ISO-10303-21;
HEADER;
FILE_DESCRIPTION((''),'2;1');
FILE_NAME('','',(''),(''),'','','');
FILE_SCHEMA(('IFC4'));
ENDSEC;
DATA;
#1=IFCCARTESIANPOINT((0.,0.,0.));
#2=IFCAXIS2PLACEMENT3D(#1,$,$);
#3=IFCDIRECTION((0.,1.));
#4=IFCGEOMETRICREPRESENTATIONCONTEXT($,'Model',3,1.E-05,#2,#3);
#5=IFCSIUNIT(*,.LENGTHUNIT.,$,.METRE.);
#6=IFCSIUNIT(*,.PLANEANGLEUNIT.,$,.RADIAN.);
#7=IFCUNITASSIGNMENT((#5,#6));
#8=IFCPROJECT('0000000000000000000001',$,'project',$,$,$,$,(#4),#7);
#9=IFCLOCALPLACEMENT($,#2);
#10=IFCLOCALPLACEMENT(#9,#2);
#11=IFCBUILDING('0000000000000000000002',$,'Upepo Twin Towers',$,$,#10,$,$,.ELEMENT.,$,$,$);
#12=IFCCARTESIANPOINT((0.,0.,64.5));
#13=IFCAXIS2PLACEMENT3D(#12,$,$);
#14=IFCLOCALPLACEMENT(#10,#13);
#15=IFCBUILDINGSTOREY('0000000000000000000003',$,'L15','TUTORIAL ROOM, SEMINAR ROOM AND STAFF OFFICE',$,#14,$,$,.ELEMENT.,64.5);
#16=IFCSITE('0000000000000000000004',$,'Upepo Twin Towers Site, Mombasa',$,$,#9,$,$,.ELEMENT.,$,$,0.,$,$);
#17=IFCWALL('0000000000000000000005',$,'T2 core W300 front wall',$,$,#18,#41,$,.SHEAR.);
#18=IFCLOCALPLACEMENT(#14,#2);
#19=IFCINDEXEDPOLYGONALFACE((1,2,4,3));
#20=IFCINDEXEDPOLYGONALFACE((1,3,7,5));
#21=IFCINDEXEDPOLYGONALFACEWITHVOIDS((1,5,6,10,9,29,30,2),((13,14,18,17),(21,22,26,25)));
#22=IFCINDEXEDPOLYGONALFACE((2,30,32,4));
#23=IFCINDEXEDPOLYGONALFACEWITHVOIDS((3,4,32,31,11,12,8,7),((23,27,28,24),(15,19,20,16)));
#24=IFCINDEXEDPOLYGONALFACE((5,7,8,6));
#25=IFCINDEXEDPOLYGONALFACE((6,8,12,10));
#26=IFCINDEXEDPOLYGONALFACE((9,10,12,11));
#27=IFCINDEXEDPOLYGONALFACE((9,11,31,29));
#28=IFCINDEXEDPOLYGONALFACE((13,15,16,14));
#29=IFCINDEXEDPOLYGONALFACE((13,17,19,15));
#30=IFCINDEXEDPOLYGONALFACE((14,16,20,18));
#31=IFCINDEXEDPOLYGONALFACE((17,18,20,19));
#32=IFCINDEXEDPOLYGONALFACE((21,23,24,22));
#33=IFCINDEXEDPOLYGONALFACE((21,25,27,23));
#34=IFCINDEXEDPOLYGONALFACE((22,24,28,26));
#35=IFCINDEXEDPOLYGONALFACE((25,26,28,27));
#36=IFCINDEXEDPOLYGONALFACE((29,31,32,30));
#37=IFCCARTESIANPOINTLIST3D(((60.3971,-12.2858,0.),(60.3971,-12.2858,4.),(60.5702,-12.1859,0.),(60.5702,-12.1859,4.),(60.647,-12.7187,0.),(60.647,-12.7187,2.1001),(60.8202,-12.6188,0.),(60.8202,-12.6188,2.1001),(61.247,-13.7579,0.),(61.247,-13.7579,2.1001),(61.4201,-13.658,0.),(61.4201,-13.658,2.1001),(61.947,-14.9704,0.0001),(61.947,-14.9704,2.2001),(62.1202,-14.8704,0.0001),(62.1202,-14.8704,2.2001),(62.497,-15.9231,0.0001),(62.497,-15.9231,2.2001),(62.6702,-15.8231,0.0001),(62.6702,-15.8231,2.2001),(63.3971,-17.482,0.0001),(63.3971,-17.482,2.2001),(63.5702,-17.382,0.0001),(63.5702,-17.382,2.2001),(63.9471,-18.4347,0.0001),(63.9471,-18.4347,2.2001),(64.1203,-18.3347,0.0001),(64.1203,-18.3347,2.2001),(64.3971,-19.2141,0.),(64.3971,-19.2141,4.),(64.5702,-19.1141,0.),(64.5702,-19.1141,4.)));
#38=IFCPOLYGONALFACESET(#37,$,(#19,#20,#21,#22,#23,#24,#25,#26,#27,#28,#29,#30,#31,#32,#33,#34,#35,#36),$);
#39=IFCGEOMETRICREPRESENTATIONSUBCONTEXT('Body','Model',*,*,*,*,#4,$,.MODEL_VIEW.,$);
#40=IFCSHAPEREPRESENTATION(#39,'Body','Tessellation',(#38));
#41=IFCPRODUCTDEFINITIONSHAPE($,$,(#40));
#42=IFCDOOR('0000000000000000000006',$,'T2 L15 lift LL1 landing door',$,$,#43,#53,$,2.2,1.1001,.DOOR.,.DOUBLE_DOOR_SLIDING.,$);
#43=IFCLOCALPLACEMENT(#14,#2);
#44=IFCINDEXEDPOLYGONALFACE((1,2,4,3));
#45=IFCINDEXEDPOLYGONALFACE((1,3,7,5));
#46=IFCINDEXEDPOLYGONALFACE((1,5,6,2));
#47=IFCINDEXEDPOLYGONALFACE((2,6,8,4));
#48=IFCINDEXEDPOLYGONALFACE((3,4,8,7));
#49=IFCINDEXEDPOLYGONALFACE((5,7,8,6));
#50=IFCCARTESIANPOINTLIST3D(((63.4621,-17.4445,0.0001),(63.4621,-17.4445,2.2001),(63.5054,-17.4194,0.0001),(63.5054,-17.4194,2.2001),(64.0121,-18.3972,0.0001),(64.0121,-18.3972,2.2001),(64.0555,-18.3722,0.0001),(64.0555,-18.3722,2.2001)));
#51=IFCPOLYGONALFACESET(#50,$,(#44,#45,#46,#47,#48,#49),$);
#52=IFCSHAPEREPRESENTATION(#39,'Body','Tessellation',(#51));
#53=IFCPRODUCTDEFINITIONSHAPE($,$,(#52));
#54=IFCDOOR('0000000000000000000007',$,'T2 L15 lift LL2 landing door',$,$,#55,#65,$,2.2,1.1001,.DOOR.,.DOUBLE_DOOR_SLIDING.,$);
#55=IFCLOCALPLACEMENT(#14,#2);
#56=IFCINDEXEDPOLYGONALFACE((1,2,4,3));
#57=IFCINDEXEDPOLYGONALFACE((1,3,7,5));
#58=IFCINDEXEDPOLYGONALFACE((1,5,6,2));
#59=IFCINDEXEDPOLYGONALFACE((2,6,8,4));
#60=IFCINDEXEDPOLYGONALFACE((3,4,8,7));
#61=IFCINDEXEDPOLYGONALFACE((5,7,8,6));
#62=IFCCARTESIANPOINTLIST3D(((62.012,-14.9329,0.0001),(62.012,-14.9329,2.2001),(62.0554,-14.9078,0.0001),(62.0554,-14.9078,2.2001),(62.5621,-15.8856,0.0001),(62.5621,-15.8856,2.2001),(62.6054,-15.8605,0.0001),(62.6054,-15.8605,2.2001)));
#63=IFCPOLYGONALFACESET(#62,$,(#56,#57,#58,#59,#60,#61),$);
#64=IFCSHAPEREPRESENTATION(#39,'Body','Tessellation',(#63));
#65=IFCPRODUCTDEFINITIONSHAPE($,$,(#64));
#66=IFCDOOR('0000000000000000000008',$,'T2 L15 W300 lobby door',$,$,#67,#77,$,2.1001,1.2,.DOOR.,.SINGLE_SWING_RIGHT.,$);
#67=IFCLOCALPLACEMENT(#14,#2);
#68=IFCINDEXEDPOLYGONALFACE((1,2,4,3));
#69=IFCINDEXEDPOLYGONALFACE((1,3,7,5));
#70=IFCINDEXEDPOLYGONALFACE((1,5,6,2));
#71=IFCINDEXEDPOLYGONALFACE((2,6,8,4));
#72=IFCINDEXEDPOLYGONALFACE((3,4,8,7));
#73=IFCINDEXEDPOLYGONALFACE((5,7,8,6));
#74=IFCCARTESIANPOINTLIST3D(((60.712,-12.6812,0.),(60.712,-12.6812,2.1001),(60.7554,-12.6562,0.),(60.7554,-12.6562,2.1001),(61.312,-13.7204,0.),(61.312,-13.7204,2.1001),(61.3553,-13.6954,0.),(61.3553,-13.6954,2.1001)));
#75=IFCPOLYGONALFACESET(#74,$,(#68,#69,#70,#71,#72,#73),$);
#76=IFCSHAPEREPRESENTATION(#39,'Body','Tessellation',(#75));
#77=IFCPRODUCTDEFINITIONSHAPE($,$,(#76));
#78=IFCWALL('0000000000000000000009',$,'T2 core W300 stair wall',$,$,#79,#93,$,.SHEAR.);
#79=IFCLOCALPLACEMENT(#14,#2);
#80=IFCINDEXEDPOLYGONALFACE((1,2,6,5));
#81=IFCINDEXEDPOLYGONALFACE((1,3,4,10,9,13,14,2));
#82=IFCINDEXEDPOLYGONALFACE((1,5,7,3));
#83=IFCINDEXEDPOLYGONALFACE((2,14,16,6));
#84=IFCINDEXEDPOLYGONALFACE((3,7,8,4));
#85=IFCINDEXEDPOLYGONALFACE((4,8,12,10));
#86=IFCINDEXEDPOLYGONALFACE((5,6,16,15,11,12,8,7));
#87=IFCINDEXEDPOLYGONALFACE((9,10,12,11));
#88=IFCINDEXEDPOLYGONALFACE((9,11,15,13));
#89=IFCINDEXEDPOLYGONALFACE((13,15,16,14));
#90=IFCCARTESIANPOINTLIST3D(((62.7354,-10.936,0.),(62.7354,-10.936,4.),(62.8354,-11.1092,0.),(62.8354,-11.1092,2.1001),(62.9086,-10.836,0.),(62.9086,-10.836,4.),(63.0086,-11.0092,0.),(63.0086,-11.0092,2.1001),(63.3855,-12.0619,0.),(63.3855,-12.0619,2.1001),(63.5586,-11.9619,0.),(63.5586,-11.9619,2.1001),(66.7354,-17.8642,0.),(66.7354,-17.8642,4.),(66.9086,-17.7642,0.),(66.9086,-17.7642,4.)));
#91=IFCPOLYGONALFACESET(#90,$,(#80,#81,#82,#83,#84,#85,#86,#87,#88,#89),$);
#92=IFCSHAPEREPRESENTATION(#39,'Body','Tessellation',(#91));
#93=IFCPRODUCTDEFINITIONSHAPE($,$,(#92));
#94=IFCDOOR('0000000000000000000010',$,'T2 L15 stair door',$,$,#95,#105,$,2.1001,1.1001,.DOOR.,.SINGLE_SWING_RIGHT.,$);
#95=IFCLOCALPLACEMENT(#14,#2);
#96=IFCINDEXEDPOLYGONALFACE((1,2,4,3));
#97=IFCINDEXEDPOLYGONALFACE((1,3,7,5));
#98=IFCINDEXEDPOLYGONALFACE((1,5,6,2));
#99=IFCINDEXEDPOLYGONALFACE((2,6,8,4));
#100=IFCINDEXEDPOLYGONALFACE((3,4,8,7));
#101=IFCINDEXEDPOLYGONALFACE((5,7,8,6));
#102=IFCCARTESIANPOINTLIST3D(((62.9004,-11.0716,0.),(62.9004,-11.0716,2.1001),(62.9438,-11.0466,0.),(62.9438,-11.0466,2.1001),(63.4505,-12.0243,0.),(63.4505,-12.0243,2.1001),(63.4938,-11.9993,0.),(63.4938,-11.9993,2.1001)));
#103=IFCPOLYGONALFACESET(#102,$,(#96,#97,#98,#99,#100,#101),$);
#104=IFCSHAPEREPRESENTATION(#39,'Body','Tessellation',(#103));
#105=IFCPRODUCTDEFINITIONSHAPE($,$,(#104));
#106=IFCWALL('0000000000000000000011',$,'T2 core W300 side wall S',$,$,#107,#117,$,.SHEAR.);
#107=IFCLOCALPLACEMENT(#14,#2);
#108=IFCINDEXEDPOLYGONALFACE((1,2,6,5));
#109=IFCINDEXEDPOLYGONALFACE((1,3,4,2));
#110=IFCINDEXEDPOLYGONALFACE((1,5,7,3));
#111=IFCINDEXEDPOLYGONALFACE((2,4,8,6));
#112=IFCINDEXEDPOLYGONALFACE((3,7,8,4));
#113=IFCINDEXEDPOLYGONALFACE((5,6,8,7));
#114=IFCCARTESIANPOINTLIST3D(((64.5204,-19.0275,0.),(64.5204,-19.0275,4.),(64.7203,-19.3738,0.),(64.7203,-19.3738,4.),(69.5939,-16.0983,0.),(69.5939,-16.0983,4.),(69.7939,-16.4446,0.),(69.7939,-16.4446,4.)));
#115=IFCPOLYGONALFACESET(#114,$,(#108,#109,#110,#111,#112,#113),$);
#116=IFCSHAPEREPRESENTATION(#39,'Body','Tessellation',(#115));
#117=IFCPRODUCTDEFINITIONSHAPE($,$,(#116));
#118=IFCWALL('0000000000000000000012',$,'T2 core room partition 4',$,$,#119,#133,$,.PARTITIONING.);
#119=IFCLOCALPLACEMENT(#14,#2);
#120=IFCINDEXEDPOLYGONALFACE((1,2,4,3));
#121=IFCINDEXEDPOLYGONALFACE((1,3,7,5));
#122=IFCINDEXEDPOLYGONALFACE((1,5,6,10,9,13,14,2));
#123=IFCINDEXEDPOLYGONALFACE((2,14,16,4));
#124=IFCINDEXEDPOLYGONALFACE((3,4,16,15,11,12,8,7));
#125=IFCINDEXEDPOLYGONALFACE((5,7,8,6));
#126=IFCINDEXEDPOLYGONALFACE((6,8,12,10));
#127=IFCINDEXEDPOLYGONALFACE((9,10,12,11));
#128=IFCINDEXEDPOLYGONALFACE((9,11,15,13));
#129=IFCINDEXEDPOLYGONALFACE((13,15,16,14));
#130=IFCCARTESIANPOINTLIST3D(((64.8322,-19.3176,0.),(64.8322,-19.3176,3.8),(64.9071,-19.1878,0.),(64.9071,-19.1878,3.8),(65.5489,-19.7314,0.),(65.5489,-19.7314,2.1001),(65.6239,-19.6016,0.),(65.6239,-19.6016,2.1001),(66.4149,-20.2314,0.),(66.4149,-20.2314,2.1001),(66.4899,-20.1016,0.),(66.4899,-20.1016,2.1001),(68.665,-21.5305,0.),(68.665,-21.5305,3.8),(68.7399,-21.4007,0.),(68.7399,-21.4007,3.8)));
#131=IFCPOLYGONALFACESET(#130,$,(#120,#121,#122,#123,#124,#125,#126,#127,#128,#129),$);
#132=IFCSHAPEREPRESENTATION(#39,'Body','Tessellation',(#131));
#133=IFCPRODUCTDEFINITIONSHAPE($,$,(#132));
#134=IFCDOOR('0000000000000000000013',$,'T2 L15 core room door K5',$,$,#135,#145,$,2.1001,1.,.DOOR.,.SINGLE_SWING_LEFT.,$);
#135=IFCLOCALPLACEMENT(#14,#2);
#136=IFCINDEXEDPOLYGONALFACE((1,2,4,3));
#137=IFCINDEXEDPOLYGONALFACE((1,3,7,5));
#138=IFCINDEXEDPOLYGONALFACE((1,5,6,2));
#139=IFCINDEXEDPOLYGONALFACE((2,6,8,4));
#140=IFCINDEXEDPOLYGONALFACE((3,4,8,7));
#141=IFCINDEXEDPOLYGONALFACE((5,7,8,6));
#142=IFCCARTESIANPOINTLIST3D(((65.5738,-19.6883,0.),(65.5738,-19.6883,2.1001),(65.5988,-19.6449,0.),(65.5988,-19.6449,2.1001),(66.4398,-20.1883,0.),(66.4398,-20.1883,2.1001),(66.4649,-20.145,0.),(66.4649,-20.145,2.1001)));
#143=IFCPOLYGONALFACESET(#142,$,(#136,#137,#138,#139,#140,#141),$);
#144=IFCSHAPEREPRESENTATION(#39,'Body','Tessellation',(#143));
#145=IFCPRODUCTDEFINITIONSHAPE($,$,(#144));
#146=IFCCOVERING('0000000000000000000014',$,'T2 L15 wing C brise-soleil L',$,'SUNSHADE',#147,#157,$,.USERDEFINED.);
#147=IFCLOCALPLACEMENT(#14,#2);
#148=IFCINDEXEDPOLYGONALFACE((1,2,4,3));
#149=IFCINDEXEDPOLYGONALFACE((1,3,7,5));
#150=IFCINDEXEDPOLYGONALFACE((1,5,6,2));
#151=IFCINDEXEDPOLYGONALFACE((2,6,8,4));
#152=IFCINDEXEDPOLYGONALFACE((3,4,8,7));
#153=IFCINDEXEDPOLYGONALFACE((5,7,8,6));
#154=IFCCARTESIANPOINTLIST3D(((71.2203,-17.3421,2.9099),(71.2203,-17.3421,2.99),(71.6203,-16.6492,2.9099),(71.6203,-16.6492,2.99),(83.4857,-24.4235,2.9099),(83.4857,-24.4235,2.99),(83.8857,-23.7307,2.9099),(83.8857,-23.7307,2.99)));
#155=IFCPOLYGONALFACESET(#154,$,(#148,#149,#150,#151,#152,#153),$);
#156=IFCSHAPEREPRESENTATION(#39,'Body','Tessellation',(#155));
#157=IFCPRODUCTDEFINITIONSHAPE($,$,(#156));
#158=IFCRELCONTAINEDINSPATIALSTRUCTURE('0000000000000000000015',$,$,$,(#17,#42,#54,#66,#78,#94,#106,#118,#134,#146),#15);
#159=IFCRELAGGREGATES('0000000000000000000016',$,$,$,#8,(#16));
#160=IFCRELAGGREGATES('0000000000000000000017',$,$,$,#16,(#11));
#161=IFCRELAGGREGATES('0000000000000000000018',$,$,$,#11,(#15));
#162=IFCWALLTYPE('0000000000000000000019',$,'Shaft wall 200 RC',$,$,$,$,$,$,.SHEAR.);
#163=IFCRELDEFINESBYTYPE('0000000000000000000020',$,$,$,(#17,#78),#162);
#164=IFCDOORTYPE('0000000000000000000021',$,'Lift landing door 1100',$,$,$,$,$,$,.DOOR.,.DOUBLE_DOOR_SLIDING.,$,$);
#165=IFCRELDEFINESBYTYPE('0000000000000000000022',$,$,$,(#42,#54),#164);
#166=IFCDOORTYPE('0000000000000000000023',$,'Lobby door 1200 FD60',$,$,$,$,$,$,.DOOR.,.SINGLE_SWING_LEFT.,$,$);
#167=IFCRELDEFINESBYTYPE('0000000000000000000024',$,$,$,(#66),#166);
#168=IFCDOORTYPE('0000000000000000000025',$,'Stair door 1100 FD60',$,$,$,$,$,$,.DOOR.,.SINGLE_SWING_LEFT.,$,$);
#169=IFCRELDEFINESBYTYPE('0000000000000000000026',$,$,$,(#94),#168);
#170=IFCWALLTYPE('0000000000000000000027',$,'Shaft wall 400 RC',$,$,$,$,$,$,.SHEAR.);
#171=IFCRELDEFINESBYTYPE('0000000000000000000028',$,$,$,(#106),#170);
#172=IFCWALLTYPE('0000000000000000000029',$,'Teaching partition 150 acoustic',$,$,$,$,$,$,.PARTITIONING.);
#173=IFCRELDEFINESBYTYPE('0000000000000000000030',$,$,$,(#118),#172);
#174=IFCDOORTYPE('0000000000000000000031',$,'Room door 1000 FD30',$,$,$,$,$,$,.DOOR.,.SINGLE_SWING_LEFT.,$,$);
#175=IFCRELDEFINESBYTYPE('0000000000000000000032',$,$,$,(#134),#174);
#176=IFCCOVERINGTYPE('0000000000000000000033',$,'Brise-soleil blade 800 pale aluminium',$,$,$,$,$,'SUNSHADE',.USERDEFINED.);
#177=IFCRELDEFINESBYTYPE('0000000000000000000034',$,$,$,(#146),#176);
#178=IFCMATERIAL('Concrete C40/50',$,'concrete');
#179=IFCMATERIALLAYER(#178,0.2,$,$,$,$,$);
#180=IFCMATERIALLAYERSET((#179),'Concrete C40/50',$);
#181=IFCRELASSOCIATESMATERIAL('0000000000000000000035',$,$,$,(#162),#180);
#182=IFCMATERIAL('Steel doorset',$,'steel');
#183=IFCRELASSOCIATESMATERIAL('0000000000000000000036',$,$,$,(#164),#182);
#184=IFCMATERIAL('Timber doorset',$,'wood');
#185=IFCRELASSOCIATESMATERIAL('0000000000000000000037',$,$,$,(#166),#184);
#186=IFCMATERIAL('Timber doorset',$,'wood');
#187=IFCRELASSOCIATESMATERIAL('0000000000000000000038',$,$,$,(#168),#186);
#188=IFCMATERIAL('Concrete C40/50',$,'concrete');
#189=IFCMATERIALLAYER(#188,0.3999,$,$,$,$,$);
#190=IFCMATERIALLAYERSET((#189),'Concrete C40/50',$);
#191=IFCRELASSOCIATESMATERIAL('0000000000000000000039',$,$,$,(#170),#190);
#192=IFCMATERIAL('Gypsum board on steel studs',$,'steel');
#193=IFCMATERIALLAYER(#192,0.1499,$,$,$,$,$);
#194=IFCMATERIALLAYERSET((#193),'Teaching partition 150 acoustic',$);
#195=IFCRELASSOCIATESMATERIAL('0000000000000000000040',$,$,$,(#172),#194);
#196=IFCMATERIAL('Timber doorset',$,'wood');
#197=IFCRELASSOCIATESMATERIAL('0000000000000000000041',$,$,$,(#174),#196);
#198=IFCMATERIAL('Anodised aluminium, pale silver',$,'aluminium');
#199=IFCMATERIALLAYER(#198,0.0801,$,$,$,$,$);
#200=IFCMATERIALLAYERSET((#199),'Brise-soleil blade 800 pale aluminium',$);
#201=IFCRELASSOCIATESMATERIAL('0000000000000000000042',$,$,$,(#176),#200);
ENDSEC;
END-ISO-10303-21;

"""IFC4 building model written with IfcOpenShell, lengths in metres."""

from ifc_helpers import new_model, si_unit, direction, frame, frame_2d, origin, origin_2d, place, context, subcontext, project, spatial, rectangle, extrude, material, layer, layer_set, type_object, element, fill, save


model = new_model("IFC4")

# Units and contexts
model_context = context("Model", 3, precision=1e-05, world=origin(), true_north=direction((0.0, 1.0)))
body_context = subcontext(model_context, "Body", "Model", "MODEL_VIEW")
ifc_project = project(units=[si_unit("LENGTHUNIT", "METRE"), si_unit("PLANEANGLEUNIT", "RADIAN")], contexts=[model_context])

# Site, building, storey
site_placement = place(None, origin())
site = spatial("IfcSite", under=ifc_project, at=site_placement, Name="Upepo Twin Towers Site, Mombasa", CompositionType="ELEMENT", RefElevation=0.0)
building_placement = place(site_placement, origin())
building = spatial("IfcBuilding", under=site, at=building_placement, Name="Upepo Twin Towers", CompositionType="ELEMENT")
storey_placement = place(building_placement, frame((0.0, 0.0, 64.5)))
storey = spatial("IfcBuildingStorey", under=building, at=storey_placement, Name="L15", Description="TUTORIAL ROOM, SEMINAR ROOM AND STAFF OFFICE", CompositionType="ELEMENT", Elevation=64.5)

# Wall, openings, doors
ifc_material_1 = material(Name="Concrete C40/50", Category="concrete")
ifc_layer_1 = layer(ifc_material_1, 0.2)
ifc_layer_set_1 = layer_set([ifc_layer_1], Name="Concrete C40/50")
wall_type_1 = type_object("IfcWallType", Name="Shaft wall 200 RC", PredefinedType="SHEAR", material=ifc_layer_set_1)
wall_1_placement = place(storey_placement, frame((64.4836, -19.1641, 0.0), z_axis=(0.0, 0.0, 1.0), x_axis=(-0.499999, 0.866026, 0.0)))
wall_1 = element("IfcWall", 1, at=wall_1_placement, inside=storey, type_object=wall_type_1, Name="T2 core W300 front wall", PredefinedType="SHEAR", context=body_context, shape_type="SweptSolid", body=[
    extrude(rectangle(XDim=8.0, YDim=0.2, at=frame_2d((4.0, 0.0))), origin(), (0.0, 0.0, 1.0), 4.0),
])
opening_1_placement = place(wall_1_placement, frame((6.3, 0.0, 0.0)))
opening_1 = element("IfcOpeningElement", 2, at=opening_1_placement, cuts=wall_1, PredefinedType="OPENING", context=body_context, shape_type="SweptSolid", body=[
    extrude(rectangle(XDim=1.2, YDim=2.1001, at=frame_2d((0.6001, 1.05))), frame((0.0, 0.1099, 0.0), z_axis=(0.0, -1.0, 0.0), x_axis=(1.0, 0.0, 0.0)), (0.0, 0.0, 1.0), 0.22),
])
opening_2_placement = place(wall_1_placement, frame((0.8999, 0.0, 0.0)))
opening_2 = element("IfcOpeningElement", 3, at=opening_2_placement, cuts=wall_1, PredefinedType="OPENING", context=body_context, shape_type="SweptSolid", body=[
    extrude(rectangle(XDim=1.1001, YDim=2.2, at=frame_2d((0.55, 1.1001))), frame((0.0, 0.1099, 0.0), z_axis=(0.0, -1.0, 0.0), x_axis=(1.0, 0.0, 0.0)), (0.0, 0.0, 1.0), 0.22),
])
opening_3_placement = place(wall_1_placement, frame((3.8, 0.0, 0.0)))
opening_3 = element("IfcOpeningElement", 4, at=opening_3_placement, cuts=wall_1, PredefinedType="OPENING", context=body_context, shape_type="SweptSolid", body=[
    extrude(rectangle(XDim=1.1001, YDim=2.2, at=frame_2d((0.55, 1.1001))), frame((0.0, 0.1099, 0.0), z_axis=(0.0, -1.0, 0.0), x_axis=(1.0, 0.0, 0.0)), (0.0, 0.0, 1.0), 0.22),
])
ifc_material_2 = material(Name="Steel doorset", Category="steel")
door_type_1 = type_object("IfcDoorType", Name="Lift landing door 1100", OperationType="DOUBLE_DOOR_SLIDING", PredefinedType="DOOR", material=ifc_material_2)
door_1_placement = place(opening_2_placement, origin())
door_1 = element("IfcDoor", 5, at=door_1_placement, inside=storey, type_object=door_type_1, Name="T2 L15 lift LL1 landing door", OperationType="DOUBLE_DOOR_SLIDING", OverallHeight=2.2, OverallWidth=1.1001, PredefinedType="DOOR", context=body_context, shape_type="SweptSolid", body=[
    extrude(rectangle(XDim=1.1001, YDim=2.2, at=frame_2d((0.55, 1.1001))), frame((0.0, 0.0249, 0.0), z_axis=(0.0, -1.0, 0.0), x_axis=(1.0, 0.0, 0.0)), (0.0, 0.0, 1.0), 0.05),
])
fill(opening_2, door_1)
door_2_placement = place(opening_3_placement, origin())
door_2 = element("IfcDoor", 6, at=door_2_placement, inside=storey, type_object=door_type_1, Name="T2 L15 lift LL2 landing door", OperationType="DOUBLE_DOOR_SLIDING", OverallHeight=2.2, OverallWidth=1.1001, PredefinedType="DOOR", context=body_context, shape_type="SweptSolid", body=[
    extrude(rectangle(XDim=1.1001, YDim=2.2, at=frame_2d((0.55, 1.1001))), frame((0.0, 0.0249, 0.0), z_axis=(0.0, -1.0, 0.0), x_axis=(1.0, 0.0, 0.0)), (0.0, 0.0, 1.0), 0.05),
])
fill(opening_3, door_2)
ifc_material_3 = material(Name="Timber doorset", Category="wood")
door_type_2 = type_object("IfcDoorType", Name="Lobby door 1200 FD60", OperationType="SINGLE_SWING_LEFT", PredefinedType="DOOR", material=ifc_material_3)
door_3_placement = place(opening_1_placement, origin())
door_3 = element("IfcDoor", 7, at=door_3_placement, inside=storey, type_object=door_type_2, Name="T2 L15 W300 lobby door", OperationType="SINGLE_SWING_RIGHT", OverallHeight=2.1001, OverallWidth=1.2, PredefinedType="DOOR", context=body_context, shape_type="SweptSolid", body=[
    extrude(rectangle(XDim=1.2, YDim=2.1001, at=frame_2d((0.6001, 1.05))), frame((0.0, 0.0249, 0.0), z_axis=(0.0, -1.0, 0.0), x_axis=(1.0, 0.0, 0.0)), (0.0, 0.0, 1.0), 0.05),
])
fill(opening_1, door_3)

# Wall, opening, door
wall_2_placement = place(storey_placement, frame((66.822, -17.8142, 0.0), z_axis=(0.0, 0.0, 1.0), x_axis=(-0.499999, 0.866026, 0.0)))
wall_2 = element("IfcWall", 8, at=wall_2_placement, inside=storey, type_object=wall_type_1, Name="T2 core W300 stair wall", PredefinedType="SHEAR", context=body_context, shape_type="SweptSolid", body=[
    extrude(rectangle(XDim=8.0, YDim=0.2, at=frame_2d((4.0, 0.0))), origin(), (0.0, 0.0, 1.0), 4.0),
])
opening_4_placement = place(wall_2_placement, frame((6.7, 0.0, 0.0)))
opening_4 = element("IfcOpeningElement", 9, at=opening_4_placement, cuts=wall_2, PredefinedType="OPENING", context=body_context, shape_type="SweptSolid", body=[
    extrude(rectangle(XDim=1.1001, YDim=2.1001, at=frame_2d((0.55, 1.05))), frame((0.0, 0.1099, 0.0), z_axis=(0.0, -1.0, 0.0), x_axis=(1.0, 0.0, 0.0)), (0.0, 0.0, 1.0), 0.22),
])
ifc_material_4 = material(Name="Timber doorset", Category="wood")
door_type_3 = type_object("IfcDoorType", Name="Stair door 1100 FD60", OperationType="SINGLE_SWING_LEFT", PredefinedType="DOOR", material=ifc_material_4)
door_4_placement = place(opening_4_placement, origin())
door_4 = element("IfcDoor", 10, at=door_4_placement, inside=storey, type_object=door_type_3, Name="T2 L15 stair door", OperationType="SINGLE_SWING_RIGHT", OverallHeight=2.1001, OverallWidth=1.1001, PredefinedType="DOOR", context=body_context, shape_type="SweptSolid", body=[
    extrude(rectangle(XDim=1.1001, YDim=2.1001, at=frame_2d((0.55, 1.05))), frame((0.0, 0.0249, 0.0), z_axis=(0.0, -1.0, 0.0), x_axis=(1.0, 0.0, 0.0)), (0.0, 0.0, 1.0), 0.05),
])
fill(opening_4, door_4)

# Wall
ifc_material_5 = material(Name="Concrete C40/50", Category="concrete")
ifc_layer_2 = layer(ifc_material_5, 0.3999)
ifc_layer_set_2 = layer_set([ifc_layer_2], Name="Concrete C40/50")
wall_type_2 = type_object("IfcWallType", Name="Shaft wall 400 RC", PredefinedType="SHEAR", material=ifc_layer_set_2)
wall_3_placement = place(storey_placement, frame((64.6204, -19.2007, 0.0), z_axis=(0.0, 0.0, 1.0), x_axis=(0.866024, 0.500003, 0.0)))
element("IfcWall", 11, at=wall_3_placement, inside=storey, type_object=wall_type_2, Name="T2 core W300 side wall S", PredefinedType="SHEAR", context=body_context, shape_type="SweptSolid", body=[
    extrude(rectangle(XDim=5.8584, YDim=0.3999, at=frame_2d((2.9292, 0.0))), origin(), (0.0, 0.0, 1.0), 4.0),
])

# Wall, opening, door
ifc_material_6 = material(Name="Gypsum board on steel studs", Category="steel")
ifc_layer_3 = layer(ifc_material_6, 0.1499)
ifc_layer_set_3 = layer_set([ifc_layer_3], Name="Teaching partition 150 acoustic")
wall_type_3 = type_object("IfcWallType", Name="Teaching partition 150 acoustic", PredefinedType="PARTITIONING", material=ifc_layer_set_3)
wall_4_placement = place(storey_placement, frame((64.8696, -19.2527, 0.0), z_axis=(0.0, 0.0, 1.0), x_axis=(0.866021, -0.500007, 0.0)))
wall_4 = element("IfcWall", 12, at=wall_4_placement, inside=storey, type_object=wall_type_3, Name="T2 core room partition 4", PredefinedType="PARTITIONING", context=body_context, shape_type="SweptSolid", body=[
    extrude(rectangle(XDim=4.4258, YDim=0.1499, at=frame_2d((2.2129, 0.0))), origin(), (0.0, 0.0, 1.0), 3.8),
])
opening_5_placement = place(wall_4_placement, frame((0.8276, 0.0, 0.0)))
opening_5 = element("IfcOpeningElement", 13, at=opening_5_placement, cuts=wall_4, PredefinedType="OPENING", context=body_context, shape_type="SweptSolid", body=[
    extrude(rectangle(XDim=1.0, YDim=2.1001, at=frame_2d((0.5, 1.05))), frame((0.0, 0.085, 0.0), z_axis=(0.0, -1.0, 0.0), x_axis=(1.0, 0.0, 0.0)), (0.0, 0.0, 1.0), 0.1699),
])
ifc_material_7 = material(Name="Timber doorset", Category="wood")
door_type_4 = type_object("IfcDoorType", Name="Room door 1000 FD30", OperationType="SINGLE_SWING_LEFT", PredefinedType="DOOR", material=ifc_material_7)
door_5_placement = place(opening_5_placement, origin())
door_5 = element("IfcDoor", 14, at=door_5_placement, inside=storey, type_object=door_type_4, Name="T2 L15 core room door K5", OperationType="SINGLE_SWING_LEFT", OverallHeight=2.1001, OverallWidth=1.0, PredefinedType="DOOR", context=body_context, shape_type="SweptSolid", body=[
    extrude(rectangle(XDim=1.0, YDim=2.1001, at=frame_2d((0.5, 1.05))), frame((0.0, 0.0249, 0.0), z_axis=(0.0, -1.0, 0.0), x_axis=(1.0, 0.0, 0.0)), (0.0, 0.0, 1.0), 0.05),
])
fill(opening_5, door_5)

# Covering
ifc_material_8 = material(Name="Anodised aluminium, pale silver", Category="aluminium")
ifc_layer_4 = layer(ifc_material_8, 0.0801)
ifc_layer_set_4 = layer_set([ifc_layer_4], Name="Brise-soleil blade 800 pale aluminium")
covering_type = type_object("IfcCoveringType", Name="Brise-soleil blade 800 pale aluminium", ElementType="SUNSHADE", PredefinedType="USERDEFINED", material=ifc_layer_set_4)
covering_placement = place(storey_placement, frame((77.553, -20.5364, 2.9099), z_axis=(0.0, 0.0, 1.0), x_axis=(0.866025, -0.5, 0.0)))
element("IfcCovering", 15, at=covering_placement, inside=storey, type_object=covering_type, Name="T2 L15 wing C brise-soleil L", ObjectType="SUNSHADE", PredefinedType="USERDEFINED", context=body_context, shape_type="SweptSolid", body=[
    extrude(rectangle(XDim=14.1628, YDim=0.8, at=origin_2d()), origin(), (0.0, 0.0, 1.0), 0.0801),
])

save(model, "model.ifc")
